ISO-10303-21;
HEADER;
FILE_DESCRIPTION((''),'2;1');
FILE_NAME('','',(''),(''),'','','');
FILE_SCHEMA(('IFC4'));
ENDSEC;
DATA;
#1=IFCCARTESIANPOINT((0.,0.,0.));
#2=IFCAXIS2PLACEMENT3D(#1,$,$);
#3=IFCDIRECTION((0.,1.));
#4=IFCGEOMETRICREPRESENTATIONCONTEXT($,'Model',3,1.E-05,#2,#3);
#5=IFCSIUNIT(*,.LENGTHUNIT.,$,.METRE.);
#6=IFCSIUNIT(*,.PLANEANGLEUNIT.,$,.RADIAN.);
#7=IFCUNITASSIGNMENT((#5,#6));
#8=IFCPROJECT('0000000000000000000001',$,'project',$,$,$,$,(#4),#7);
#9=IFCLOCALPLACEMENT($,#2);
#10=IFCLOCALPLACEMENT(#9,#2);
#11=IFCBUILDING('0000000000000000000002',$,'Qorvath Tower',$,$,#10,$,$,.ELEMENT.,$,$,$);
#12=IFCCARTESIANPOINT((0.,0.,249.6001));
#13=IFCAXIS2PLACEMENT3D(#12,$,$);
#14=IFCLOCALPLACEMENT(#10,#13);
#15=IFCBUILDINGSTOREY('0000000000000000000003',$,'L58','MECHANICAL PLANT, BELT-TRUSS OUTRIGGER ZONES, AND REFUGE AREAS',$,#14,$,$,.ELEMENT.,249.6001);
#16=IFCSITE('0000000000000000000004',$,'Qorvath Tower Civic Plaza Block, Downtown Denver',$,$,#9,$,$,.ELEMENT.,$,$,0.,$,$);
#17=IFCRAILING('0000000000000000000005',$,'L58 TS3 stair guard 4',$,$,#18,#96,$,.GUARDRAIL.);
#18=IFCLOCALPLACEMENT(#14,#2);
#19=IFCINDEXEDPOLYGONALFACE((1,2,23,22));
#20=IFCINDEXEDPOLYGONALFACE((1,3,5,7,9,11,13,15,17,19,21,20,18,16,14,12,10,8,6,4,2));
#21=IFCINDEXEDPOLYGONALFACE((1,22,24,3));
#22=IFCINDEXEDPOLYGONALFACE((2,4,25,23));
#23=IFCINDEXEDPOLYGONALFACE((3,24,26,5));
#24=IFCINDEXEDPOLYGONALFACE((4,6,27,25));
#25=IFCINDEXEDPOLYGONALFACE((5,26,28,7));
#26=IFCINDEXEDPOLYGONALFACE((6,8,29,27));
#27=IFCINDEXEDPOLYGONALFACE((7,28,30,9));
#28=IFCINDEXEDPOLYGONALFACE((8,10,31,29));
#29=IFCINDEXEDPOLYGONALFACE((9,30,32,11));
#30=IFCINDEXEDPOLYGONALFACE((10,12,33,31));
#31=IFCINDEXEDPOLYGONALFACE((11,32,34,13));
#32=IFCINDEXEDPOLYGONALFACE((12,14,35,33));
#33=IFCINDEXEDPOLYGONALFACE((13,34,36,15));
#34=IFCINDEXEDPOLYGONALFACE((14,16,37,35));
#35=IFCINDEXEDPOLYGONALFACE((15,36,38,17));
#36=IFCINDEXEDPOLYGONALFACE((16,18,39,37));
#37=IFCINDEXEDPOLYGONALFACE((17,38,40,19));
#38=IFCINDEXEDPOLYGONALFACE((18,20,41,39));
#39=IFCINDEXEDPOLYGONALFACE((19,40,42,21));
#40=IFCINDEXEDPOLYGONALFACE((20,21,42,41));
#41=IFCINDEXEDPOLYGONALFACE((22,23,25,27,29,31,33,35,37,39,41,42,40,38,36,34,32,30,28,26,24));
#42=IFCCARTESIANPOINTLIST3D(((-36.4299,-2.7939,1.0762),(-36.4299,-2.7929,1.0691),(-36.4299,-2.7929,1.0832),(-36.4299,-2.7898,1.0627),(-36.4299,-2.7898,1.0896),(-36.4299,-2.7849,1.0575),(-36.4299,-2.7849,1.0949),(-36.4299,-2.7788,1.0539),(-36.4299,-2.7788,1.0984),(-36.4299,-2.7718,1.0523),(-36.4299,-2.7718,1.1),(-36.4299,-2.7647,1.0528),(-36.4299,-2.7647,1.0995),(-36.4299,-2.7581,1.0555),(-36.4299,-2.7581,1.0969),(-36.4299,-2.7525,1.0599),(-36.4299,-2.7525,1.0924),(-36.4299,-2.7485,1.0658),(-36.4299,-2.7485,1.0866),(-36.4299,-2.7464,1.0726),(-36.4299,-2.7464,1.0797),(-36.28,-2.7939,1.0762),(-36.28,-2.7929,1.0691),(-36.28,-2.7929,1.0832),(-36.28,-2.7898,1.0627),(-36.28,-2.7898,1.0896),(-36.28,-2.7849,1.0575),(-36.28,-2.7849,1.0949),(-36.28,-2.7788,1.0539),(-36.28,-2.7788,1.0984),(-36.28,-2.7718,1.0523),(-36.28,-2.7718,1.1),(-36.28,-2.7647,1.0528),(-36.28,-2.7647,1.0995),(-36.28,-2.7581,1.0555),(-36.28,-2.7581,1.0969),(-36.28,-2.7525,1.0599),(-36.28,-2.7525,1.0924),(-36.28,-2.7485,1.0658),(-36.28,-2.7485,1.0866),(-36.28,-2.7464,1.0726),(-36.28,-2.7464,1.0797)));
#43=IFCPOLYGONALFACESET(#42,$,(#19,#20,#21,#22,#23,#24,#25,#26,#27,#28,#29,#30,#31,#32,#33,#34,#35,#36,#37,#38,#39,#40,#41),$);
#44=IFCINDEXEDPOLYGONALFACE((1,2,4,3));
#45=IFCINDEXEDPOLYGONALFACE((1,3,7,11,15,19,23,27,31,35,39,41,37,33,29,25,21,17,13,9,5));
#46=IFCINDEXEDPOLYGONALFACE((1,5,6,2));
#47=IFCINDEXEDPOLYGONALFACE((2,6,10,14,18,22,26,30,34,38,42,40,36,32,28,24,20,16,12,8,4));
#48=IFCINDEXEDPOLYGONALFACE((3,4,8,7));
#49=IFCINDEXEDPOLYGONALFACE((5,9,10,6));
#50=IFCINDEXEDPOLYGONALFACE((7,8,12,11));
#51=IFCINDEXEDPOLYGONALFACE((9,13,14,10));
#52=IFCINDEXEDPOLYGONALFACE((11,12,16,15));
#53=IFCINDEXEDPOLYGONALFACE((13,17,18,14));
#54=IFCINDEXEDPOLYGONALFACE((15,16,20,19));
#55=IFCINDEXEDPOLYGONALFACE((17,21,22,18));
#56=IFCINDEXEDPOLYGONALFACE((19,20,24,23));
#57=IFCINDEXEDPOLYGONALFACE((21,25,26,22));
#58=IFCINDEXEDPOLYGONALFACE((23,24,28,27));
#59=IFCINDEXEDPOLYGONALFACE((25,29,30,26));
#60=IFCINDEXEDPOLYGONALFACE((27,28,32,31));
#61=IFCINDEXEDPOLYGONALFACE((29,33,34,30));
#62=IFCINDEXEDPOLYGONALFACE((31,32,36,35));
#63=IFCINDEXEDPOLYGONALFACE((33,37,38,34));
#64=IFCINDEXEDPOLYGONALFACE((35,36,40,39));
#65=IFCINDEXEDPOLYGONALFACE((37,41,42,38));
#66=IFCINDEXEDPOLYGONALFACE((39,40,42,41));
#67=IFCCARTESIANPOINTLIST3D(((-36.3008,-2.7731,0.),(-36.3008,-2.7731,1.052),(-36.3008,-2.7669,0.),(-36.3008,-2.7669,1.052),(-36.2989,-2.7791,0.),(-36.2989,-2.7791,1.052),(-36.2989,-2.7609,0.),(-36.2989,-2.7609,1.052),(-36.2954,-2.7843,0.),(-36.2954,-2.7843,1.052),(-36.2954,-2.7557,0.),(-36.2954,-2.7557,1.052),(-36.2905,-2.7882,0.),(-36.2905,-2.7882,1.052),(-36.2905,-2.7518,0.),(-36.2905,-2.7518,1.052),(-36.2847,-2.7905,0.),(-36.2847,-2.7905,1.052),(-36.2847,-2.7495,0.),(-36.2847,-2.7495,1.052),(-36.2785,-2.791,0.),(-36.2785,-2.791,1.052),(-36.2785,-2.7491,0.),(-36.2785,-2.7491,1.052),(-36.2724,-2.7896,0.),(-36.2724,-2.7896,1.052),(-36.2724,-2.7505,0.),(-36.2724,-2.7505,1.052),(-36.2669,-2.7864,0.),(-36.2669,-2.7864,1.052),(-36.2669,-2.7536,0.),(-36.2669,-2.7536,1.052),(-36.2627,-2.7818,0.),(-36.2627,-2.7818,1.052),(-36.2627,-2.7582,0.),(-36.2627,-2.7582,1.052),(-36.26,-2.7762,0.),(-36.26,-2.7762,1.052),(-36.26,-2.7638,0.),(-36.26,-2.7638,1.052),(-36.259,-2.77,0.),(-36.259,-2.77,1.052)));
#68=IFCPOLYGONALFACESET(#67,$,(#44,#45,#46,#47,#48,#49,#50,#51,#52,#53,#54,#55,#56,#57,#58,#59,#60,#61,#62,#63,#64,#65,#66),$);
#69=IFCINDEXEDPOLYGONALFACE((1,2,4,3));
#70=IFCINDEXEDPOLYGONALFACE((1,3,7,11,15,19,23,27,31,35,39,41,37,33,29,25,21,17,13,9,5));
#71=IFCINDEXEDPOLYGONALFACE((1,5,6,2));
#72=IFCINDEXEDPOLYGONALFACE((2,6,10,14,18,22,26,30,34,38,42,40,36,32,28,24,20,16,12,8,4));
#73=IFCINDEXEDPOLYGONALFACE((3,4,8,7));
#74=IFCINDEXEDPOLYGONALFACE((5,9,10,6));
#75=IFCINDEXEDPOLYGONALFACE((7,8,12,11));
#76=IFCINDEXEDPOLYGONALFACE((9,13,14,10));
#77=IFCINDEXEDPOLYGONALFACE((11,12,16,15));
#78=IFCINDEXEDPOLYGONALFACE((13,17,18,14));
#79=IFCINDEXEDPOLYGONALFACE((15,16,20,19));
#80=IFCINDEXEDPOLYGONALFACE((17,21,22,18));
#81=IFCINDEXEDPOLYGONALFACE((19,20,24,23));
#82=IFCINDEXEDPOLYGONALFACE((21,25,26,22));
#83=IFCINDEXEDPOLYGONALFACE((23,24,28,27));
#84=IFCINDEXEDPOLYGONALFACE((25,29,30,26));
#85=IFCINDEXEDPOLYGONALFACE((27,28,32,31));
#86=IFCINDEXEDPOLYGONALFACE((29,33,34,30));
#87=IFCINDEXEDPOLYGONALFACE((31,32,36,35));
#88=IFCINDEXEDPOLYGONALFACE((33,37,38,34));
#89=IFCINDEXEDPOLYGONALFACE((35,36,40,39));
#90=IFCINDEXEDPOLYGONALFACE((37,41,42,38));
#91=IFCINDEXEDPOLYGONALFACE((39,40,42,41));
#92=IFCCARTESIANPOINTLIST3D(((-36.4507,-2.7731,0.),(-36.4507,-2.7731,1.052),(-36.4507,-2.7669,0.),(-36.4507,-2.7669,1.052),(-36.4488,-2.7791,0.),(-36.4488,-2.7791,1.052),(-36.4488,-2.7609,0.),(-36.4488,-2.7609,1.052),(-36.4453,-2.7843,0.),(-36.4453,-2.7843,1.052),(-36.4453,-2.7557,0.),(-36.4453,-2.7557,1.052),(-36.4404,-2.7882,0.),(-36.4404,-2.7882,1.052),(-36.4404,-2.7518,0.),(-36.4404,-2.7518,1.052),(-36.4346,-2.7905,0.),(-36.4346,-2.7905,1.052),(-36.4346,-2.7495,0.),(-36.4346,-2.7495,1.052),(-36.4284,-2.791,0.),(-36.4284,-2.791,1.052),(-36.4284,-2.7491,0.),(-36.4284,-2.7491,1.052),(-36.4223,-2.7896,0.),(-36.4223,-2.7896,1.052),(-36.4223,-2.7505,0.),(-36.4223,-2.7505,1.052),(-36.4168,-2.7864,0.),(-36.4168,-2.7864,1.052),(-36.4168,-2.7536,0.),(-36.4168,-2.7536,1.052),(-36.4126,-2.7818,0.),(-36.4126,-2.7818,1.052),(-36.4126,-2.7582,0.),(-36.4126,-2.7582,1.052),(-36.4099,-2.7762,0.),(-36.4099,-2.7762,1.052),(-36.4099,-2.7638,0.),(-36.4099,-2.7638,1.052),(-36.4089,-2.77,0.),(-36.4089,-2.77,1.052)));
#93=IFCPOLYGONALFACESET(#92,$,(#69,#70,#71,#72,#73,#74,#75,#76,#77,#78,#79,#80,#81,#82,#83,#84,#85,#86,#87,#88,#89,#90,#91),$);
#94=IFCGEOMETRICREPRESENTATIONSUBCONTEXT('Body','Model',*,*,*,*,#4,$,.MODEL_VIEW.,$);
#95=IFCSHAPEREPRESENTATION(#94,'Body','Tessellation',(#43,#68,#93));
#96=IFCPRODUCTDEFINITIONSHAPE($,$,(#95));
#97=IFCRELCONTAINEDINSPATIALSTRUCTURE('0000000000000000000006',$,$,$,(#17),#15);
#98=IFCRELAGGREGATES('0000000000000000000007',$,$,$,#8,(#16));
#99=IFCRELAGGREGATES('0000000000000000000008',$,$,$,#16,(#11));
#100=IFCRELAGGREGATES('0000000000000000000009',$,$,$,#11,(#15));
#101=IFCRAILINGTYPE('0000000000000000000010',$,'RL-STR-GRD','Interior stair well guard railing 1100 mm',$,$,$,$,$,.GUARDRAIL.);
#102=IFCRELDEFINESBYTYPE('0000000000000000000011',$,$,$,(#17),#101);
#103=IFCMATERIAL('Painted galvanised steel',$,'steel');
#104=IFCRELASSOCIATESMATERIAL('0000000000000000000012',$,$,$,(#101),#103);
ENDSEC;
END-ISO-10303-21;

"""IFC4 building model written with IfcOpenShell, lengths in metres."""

from ifc_helpers import new_model, si_unit, direction, frame, origin, origin_2d, place, context, subcontext, project, spatial, circle, extrude, material, type_object, element, save


model = new_model("IFC4")

# Units and contexts
model_context = context("Model", 3, precision=1e-05, world=origin(), true_north=direction((0.0, 1.0)))
body_context = subcontext(model_context, "Body", "Model", "MODEL_VIEW")
ifc_project = project(units=[si_unit("LENGTHUNIT", "METRE"), si_unit("PLANEANGLEUNIT", "RADIAN")], contexts=[model_context])

# Site, building, storey
site_placement = place(None, origin())
site = spatial("IfcSite", under=ifc_project, at=site_placement, Name="Qorvath Tower Civic Plaza Block, Downtown Denver", CompositionType="ELEMENT", RefElevation=0.0)
building_placement = place(site_placement, origin())
building = spatial("IfcBuilding", under=site, at=building_placement, Name="Qorvath Tower", CompositionType="ELEMENT")
storey_placement = place(building_placement, frame((0.0, 0.0, 249.6001)))
storey = spatial("IfcBuildingStorey", under=building, at=storey_placement, Name="L58", Description="MECHANICAL PLANT, BELT-TRUSS OUTRIGGER ZONES, AND REFUGE AREAS", CompositionType="ELEMENT", Elevation=249.6001)

# Railing
ifc_material_1 = material(Name="Painted galvanised steel", Category="steel")
railing_type_1 = type_object("IfcRailingType", Name="RL-STR-GRD", Description="Interior stair well guard railing 1100 mm", PredefinedType="GUARDRAIL", material=ifc_material_1)
railing_1_placement = place(storey_placement, frame((-36.28, -2.77, 0.0)))
element("IfcRailing", 1, at=railing_1_placement, inside=storey, type_object=railing_type_1, Name="L58 TS3 stair guard 4", PredefinedType="GUARDRAIL", context=body_context, shape_type="SweptSolid", body=[
    extrude(circle(Radius=0.0239, at=origin_2d()), frame((0.0, 0.0, 1.0762), z_axis=(-1.0, 0.0, 0.0), x_axis=(0.0, -1.0, 0.0)), (0.0, 0.0, 1.0), 0.1499),
    extrude(circle(Radius=0.021, at=origin_2d()), origin(), (0.0, 0.0, 1.0), 1.052),
    extrude(circle(Radius=0.021, at=origin_2d()), frame((-0.1499, 0.0, 0.0)), (0.0, 0.0, 1.0), 1.052),
])

save(model, "model.ifc")
